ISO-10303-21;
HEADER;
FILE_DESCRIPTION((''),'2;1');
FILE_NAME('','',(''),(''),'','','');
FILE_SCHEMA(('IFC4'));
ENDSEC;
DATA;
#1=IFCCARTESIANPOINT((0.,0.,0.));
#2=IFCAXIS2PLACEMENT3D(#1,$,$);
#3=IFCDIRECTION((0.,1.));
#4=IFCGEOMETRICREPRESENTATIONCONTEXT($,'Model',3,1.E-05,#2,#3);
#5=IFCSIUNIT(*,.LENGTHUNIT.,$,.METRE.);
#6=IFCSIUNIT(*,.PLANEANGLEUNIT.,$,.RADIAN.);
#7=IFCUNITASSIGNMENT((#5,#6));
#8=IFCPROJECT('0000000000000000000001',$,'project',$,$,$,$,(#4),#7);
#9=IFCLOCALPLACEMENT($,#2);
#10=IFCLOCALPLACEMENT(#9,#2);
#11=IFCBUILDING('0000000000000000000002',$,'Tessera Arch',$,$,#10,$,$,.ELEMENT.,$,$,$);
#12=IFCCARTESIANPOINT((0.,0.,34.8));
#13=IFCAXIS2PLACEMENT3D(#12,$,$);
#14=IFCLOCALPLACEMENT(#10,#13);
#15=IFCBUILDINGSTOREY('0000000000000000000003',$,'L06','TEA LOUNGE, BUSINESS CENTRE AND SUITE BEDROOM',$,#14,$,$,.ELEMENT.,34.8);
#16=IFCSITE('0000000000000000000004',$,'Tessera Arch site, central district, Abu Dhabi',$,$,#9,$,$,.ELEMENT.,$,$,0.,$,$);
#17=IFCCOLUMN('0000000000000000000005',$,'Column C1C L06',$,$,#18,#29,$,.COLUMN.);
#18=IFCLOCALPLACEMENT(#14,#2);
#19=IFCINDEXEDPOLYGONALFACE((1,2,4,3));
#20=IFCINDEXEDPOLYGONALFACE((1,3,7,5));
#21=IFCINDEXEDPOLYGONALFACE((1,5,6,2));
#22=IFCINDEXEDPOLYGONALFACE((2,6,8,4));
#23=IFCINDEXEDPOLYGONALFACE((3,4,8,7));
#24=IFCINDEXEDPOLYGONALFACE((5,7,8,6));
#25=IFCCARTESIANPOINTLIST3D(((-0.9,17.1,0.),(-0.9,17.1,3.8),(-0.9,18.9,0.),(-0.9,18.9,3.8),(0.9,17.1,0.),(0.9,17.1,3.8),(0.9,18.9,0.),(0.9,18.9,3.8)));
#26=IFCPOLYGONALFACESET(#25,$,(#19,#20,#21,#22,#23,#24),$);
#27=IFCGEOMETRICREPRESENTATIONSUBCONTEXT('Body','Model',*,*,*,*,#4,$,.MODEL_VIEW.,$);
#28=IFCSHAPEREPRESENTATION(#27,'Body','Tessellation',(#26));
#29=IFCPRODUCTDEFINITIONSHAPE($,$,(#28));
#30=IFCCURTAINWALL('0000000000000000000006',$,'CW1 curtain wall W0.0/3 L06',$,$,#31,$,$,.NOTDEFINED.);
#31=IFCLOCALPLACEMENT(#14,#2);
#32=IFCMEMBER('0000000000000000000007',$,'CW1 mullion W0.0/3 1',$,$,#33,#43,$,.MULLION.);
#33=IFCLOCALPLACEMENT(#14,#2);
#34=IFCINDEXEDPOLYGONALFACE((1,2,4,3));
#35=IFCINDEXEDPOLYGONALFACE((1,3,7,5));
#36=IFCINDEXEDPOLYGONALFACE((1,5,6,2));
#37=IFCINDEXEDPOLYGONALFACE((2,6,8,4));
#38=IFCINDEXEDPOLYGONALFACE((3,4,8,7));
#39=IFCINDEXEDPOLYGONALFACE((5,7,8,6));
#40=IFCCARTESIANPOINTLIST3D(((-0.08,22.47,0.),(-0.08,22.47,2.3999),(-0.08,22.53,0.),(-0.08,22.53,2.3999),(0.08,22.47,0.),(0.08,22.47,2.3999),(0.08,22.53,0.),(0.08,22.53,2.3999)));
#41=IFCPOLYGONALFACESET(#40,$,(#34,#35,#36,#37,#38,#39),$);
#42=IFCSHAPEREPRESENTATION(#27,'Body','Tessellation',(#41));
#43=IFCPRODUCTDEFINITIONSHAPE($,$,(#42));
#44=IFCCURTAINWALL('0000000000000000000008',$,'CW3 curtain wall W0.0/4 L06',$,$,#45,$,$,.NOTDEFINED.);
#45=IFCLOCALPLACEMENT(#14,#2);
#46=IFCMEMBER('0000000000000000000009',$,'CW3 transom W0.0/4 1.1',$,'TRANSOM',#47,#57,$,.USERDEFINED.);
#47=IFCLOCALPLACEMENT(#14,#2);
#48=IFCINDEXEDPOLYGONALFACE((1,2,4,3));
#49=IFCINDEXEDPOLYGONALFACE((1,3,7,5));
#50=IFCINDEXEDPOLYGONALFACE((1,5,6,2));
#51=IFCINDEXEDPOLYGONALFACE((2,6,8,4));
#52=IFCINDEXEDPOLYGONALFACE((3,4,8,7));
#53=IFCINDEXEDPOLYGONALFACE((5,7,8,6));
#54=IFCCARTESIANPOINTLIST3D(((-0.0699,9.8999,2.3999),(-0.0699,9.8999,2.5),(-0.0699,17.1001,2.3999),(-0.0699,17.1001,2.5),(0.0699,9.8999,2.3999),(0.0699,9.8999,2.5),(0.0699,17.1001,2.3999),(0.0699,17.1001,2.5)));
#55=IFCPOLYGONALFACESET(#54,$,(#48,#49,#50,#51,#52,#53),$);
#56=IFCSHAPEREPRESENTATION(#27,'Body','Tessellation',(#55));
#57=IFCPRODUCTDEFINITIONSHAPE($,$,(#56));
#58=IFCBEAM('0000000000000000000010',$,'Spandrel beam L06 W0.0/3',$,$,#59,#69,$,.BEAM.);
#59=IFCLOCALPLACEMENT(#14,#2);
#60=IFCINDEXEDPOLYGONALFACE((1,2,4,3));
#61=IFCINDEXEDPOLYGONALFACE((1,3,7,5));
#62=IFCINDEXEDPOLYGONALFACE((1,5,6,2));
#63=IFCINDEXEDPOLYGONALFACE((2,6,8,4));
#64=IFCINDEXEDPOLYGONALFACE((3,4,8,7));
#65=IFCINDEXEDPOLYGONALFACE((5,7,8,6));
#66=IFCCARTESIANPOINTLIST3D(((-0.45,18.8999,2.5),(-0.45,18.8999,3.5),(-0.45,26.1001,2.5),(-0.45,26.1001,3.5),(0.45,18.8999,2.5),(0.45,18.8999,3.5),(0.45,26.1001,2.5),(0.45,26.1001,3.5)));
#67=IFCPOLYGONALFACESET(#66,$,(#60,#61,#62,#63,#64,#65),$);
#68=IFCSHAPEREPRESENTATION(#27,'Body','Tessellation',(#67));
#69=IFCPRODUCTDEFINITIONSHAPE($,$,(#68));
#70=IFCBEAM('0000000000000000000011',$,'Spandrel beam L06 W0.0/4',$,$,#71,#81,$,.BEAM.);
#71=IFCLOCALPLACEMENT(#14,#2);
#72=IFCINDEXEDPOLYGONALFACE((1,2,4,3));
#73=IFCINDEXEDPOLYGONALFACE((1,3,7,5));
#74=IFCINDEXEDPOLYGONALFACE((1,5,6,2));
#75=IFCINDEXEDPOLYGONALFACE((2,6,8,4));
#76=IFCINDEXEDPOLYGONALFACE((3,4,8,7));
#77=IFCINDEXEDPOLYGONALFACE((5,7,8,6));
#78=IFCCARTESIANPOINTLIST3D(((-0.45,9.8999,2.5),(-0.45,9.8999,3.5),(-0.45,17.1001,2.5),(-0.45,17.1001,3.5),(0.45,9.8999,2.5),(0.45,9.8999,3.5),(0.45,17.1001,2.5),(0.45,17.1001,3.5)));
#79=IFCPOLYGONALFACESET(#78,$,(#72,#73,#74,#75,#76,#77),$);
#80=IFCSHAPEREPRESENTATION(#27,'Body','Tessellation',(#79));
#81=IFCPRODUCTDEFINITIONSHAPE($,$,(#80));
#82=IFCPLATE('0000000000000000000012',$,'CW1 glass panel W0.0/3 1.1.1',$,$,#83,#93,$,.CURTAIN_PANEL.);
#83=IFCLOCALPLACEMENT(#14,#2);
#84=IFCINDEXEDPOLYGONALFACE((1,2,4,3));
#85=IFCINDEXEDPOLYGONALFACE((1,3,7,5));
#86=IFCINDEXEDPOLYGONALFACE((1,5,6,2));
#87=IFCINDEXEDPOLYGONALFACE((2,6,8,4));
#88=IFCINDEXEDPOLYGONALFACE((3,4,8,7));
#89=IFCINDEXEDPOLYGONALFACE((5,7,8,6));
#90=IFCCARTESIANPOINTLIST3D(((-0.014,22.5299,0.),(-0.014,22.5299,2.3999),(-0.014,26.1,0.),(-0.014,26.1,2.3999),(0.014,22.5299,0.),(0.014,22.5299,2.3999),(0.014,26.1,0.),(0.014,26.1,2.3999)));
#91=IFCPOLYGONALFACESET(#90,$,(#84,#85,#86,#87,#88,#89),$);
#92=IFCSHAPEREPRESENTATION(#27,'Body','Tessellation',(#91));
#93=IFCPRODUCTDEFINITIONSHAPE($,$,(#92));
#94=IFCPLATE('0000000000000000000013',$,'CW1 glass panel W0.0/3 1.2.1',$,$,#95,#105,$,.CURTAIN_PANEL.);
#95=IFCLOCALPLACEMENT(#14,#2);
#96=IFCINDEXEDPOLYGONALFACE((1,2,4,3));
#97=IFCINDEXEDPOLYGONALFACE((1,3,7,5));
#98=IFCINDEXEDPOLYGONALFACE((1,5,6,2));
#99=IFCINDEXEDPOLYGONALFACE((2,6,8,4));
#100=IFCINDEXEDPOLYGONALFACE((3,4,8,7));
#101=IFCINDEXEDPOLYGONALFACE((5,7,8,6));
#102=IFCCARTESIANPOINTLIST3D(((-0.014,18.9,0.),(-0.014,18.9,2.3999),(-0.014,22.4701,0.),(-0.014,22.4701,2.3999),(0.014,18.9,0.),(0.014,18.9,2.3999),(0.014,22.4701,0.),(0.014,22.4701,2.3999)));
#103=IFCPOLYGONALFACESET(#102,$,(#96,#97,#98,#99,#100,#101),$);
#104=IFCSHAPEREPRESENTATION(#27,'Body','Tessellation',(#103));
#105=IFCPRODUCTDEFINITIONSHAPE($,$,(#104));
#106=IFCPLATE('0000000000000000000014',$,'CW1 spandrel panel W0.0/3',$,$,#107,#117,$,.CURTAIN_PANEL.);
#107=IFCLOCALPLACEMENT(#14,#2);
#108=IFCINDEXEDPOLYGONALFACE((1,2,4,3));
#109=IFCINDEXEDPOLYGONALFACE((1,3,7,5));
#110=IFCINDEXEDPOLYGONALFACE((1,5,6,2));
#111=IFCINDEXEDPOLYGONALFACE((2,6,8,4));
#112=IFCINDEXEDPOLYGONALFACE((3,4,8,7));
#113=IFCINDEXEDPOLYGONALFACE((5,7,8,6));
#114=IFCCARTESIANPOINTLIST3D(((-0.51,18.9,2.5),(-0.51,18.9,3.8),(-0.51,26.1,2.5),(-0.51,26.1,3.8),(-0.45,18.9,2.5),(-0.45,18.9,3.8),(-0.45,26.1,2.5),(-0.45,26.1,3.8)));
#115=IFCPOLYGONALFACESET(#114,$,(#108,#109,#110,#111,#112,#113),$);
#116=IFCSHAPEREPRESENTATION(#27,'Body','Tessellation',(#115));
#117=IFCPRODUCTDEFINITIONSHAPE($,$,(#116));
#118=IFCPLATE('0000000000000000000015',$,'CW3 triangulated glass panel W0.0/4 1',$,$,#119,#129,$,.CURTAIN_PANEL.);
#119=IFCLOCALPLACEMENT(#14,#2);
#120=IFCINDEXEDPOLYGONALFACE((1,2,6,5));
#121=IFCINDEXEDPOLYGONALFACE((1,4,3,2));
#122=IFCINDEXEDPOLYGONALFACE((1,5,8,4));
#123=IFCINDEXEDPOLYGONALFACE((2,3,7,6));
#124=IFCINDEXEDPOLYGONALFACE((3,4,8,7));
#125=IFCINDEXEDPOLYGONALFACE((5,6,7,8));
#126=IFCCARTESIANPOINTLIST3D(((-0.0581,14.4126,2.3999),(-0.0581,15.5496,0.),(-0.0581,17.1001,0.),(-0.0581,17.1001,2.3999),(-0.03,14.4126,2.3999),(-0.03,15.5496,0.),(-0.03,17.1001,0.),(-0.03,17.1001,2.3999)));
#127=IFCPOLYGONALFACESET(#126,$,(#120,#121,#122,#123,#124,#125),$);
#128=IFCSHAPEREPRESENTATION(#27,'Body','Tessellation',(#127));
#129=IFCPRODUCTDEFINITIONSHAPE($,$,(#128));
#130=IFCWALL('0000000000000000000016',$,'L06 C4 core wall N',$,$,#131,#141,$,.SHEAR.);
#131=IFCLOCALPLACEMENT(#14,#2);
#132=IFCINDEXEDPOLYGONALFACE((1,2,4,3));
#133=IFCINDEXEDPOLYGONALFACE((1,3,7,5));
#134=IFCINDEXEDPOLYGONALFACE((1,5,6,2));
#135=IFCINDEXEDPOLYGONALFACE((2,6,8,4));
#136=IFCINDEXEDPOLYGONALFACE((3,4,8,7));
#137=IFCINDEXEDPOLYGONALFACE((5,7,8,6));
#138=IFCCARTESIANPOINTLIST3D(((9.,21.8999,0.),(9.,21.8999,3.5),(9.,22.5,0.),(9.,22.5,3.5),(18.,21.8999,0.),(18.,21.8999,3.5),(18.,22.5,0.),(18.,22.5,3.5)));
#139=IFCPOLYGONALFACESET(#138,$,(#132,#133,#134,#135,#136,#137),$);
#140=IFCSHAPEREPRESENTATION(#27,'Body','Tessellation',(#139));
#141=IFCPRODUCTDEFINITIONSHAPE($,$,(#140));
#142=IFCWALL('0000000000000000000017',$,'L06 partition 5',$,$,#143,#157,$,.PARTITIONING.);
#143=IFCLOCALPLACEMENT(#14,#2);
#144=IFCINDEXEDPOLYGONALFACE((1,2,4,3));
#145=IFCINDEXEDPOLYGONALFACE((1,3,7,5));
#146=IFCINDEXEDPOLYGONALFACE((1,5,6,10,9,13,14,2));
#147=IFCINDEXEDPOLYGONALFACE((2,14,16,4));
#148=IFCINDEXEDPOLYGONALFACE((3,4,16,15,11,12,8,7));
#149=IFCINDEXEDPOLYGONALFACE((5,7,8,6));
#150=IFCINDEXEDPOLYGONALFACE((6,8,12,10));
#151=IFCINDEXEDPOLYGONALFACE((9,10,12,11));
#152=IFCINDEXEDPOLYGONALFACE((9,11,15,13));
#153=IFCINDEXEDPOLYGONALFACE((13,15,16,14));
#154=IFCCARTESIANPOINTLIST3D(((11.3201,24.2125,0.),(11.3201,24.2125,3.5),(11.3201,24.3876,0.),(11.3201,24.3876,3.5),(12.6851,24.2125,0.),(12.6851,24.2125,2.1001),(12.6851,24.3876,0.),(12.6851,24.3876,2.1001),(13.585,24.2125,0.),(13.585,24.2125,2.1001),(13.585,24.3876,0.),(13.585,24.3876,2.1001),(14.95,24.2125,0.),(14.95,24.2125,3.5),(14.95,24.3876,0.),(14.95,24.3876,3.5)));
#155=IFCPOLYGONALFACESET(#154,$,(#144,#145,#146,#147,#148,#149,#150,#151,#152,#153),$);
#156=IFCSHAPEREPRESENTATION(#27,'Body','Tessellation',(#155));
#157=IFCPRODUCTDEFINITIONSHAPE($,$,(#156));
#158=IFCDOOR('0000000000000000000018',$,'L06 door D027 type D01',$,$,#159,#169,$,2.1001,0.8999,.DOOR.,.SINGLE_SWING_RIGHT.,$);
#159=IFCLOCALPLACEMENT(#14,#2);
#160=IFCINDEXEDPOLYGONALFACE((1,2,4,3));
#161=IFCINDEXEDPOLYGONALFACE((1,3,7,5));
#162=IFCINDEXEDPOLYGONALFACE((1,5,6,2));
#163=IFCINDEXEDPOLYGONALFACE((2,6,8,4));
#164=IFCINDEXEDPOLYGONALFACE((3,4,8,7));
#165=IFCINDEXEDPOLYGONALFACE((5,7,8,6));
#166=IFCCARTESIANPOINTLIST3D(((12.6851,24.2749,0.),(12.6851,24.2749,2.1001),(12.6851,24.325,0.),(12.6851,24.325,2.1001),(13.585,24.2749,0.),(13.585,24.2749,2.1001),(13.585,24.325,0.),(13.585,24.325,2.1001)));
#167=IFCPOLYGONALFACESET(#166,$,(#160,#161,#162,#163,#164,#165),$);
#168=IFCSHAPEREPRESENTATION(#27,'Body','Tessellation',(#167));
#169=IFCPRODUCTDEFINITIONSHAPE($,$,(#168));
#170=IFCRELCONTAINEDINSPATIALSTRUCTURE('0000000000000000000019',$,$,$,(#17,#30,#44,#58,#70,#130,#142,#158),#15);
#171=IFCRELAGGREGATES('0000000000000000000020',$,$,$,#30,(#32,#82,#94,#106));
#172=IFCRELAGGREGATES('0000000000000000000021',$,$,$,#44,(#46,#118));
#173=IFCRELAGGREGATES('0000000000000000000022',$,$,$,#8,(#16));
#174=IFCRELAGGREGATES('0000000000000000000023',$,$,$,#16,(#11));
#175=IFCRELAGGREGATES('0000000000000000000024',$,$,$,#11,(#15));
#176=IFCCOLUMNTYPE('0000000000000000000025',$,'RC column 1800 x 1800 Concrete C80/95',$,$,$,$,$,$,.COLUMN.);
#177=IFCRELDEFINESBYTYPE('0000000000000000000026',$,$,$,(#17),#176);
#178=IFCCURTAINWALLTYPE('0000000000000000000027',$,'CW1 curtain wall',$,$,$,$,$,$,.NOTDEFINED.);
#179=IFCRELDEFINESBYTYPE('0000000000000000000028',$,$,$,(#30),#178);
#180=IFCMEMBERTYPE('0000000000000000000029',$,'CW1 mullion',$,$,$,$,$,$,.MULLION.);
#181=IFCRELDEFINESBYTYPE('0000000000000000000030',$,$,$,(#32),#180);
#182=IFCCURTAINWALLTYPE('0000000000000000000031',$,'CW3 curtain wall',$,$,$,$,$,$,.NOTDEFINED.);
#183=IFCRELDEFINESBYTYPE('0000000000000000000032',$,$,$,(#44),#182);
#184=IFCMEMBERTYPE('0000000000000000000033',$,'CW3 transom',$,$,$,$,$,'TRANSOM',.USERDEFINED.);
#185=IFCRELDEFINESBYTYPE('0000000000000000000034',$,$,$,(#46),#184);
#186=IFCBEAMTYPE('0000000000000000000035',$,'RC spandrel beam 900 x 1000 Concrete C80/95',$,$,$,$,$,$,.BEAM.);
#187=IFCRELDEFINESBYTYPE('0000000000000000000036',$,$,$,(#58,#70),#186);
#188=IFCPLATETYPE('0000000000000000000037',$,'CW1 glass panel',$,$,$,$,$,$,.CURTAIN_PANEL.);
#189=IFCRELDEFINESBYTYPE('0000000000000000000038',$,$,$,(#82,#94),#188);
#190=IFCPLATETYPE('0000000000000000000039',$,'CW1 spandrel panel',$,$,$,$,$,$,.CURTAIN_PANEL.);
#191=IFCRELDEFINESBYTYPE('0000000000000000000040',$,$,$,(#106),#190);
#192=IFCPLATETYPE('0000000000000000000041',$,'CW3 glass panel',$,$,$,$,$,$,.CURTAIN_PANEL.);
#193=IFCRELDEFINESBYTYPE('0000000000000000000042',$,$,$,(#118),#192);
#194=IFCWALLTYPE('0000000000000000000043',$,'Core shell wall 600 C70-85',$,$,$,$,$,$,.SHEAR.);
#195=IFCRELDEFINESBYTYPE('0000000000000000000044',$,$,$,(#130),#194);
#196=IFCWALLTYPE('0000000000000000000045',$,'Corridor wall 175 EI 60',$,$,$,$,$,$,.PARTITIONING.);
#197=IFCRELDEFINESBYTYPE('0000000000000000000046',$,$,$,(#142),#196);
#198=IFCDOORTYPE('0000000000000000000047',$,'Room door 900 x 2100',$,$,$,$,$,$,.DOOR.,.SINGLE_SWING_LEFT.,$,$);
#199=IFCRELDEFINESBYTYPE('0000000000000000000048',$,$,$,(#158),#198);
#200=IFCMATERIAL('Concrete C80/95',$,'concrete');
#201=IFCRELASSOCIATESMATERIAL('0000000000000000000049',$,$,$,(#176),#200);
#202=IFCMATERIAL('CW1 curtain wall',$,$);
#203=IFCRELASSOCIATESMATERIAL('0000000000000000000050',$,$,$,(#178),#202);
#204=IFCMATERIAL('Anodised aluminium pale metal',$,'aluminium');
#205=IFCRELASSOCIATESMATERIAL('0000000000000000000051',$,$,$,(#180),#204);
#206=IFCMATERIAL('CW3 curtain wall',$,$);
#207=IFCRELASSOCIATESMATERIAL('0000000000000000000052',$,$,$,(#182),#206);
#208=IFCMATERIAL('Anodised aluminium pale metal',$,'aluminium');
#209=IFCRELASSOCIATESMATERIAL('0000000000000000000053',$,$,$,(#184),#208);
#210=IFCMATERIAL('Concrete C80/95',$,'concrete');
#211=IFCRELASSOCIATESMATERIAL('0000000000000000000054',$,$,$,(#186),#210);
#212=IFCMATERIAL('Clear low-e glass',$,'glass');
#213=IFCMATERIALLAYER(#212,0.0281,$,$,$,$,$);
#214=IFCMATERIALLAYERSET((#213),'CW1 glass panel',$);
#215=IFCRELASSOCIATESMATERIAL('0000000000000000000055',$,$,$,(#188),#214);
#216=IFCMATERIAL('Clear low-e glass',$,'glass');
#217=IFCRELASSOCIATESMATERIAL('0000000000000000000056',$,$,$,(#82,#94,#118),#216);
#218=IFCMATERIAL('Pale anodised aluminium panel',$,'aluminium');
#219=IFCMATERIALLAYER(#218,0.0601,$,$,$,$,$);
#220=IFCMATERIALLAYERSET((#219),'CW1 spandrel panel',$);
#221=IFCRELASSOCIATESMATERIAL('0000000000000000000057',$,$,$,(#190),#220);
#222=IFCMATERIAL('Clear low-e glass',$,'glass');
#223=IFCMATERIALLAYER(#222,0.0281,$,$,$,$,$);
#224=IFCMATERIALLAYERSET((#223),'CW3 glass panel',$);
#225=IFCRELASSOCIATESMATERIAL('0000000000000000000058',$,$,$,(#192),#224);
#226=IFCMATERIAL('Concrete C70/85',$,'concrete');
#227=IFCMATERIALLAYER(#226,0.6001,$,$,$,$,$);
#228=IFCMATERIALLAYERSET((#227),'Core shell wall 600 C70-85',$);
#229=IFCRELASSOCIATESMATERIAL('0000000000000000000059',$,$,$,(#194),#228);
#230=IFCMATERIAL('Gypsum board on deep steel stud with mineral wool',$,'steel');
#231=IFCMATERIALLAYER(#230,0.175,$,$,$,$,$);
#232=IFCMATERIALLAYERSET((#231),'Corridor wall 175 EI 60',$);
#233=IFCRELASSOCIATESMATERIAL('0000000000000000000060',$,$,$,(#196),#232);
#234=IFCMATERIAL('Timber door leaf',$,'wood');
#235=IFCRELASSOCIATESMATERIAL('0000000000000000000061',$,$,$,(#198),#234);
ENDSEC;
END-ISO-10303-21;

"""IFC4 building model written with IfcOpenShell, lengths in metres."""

from ifc_helpers import new_model, si_unit, direction, frame, frame_2d, origin, origin_2d, place, context, subcontext, project, spatial, polyline, rectangle, outline, extrude, material, layer, layer_set, material_profile, profile_set, type_object, element, fill, aggregate, save


model = new_model("IFC4")

# Units and contexts
model_context = context("Model", 3, precision=1e-05, world=origin(), true_north=direction((0.0, 1.0)))
body_context = subcontext(model_context, "Body", "Model", "MODEL_VIEW")
ifc_project = project(units=[si_unit("LENGTHUNIT", "METRE"), si_unit("PLANEANGLEUNIT", "RADIAN")], contexts=[model_context])

# Site, building, storey
site_placement = place(None, origin())
site = spatial("IfcSite", under=ifc_project, at=site_placement, Name="Tessera Arch site, central district, Abu Dhabi", CompositionType="ELEMENT", RefElevation=0.0)
building_placement = place(site_placement, origin())
building = spatial("IfcBuilding", under=site, at=building_placement, Name="Tessera Arch", CompositionType="ELEMENT")
storey_placement = place(building_placement, frame((0.0, 0.0, 34.8)))
storey = spatial("IfcBuildingStorey", under=building, at=storey_placement, Name="L06", Description="TEA LOUNGE, BUSINESS CENTRE AND SUITE BEDROOM", CompositionType="ELEMENT", Elevation=34.8)

# Column
ifc_material_1 = material(Name="Concrete C80/95", Category="concrete")
ifc_material_profile_1 = material_profile(ifc_material_1, rectangle(XDim=1.8, YDim=1.8, at=origin_2d()), Name="RC column 1800 x 1800 Concrete C80/95")
ifc_profile_set_1 = profile_set([ifc_material_profile_1], Name="Concrete C80/95")
column_type = type_object("IfcColumnType", Name="RC column 1800 x 1800 Concrete C80/95", PredefinedType="COLUMN", material=ifc_profile_set_1)
column_placement = place(storey_placement, frame((0.0, 18.0, 0.0), z_axis=(0.0, 0.0, 1.0), x_axis=(1.0, 0.0, 0.0)))
element("IfcColumn", 1, at=column_placement, inside=storey, type_object=column_type, Name="Column C1C L06", PredefinedType="COLUMN", context=body_context, shape_type="SweptSolid", body=[
    extrude(rectangle(XDim=1.8, YDim=1.8, at=origin_2d()), origin(), (0.0, 0.0, 1.0), 3.8),
])

# Curtain walls, members
ifc_material_2 = material(Name="CW1 curtain wall")
curtain_wall_type_1 = type_object("IfcCurtainWallType", Name="CW1 curtain wall", PredefinedType="NOTDEFINED", material=ifc_material_2)
curtain_wall_1_placement = place(storey_placement, origin())
curtain_wall_1 = element("IfcCurtainWall", 2, at=curtain_wall_1_placement, inside=storey, type_object=curtain_wall_type_1, Name="CW1 curtain wall W0.0/3 L06", PredefinedType="NOTDEFINED")
ifc_material_3 = material(Name="Anodised aluminium pale metal", Category="aluminium")
ifc_material_profile_2 = material_profile(ifc_material_3, rectangle(XDim=0.1599, YDim=0.0601, at=origin_2d()), Name="AL 60x160")
ifc_profile_set_2 = profile_set([ifc_material_profile_2], Name="Anodised aluminium pale metal")
member_type_1 = type_object("IfcMemberType", Name="CW1 mullion", PredefinedType="MULLION", material=ifc_profile_set_2)
member_1_placement = place(storey_placement, frame((0.0, 22.5, 0.0), z_axis=(0.0, 0.0, 1.0), x_axis=(1.0, 0.0, 0.0)))
member_1 = element("IfcMember", 3, at=member_1_placement, type_object=member_type_1, Name="CW1 mullion W0.0/3 1", PredefinedType="MULLION", context=body_context, shape_type="SweptSolid", body=[
    extrude(rectangle(XDim=0.1599, YDim=0.0601, at=origin_2d()), origin(), (0.0, 0.0, 1.0), 2.3999),
])
ifc_material_4 = material(Name="CW3 curtain wall")
curtain_wall_type_2 = type_object("IfcCurtainWallType", Name="CW3 curtain wall", PredefinedType="NOTDEFINED", material=ifc_material_4)
curtain_wall_2_placement = place(storey_placement, origin())
curtain_wall_2 = element("IfcCurtainWall", 4, at=curtain_wall_2_placement, inside=storey, type_object=curtain_wall_type_2, Name="CW3 curtain wall W0.0/4 L06", PredefinedType="NOTDEFINED")
ifc_material_5 = material(Name="Anodised aluminium pale metal", Category="aluminium")
ifc_material_profile_3 = material_profile(ifc_material_5, rectangle(XDim=0.1399, YDim=0.1001, at=origin_2d()), Name="AL 140x100")
ifc_profile_set_3 = profile_set([ifc_material_profile_3], Name="Anodised aluminium pale metal")
member_type_2 = type_object("IfcMemberType", Name="CW3 transom", ElementType="TRANSOM", PredefinedType="USERDEFINED", material=ifc_profile_set_3)
member_2_placement = place(storey_placement, frame((0.0, 17.1001, 2.45), z_axis=(0.0, -1.0, 0.0), x_axis=(1.0, 0.0, 0.0)))
member_2 = element("IfcMember", 5, at=member_2_placement, type_object=member_type_2, Name="CW3 transom W0.0/4 1.1", ObjectType="TRANSOM", PredefinedType="USERDEFINED", context=body_context, shape_type="SweptSolid", body=[
    extrude(rectangle(XDim=0.1399, YDim=0.1001, at=origin_2d()), origin(), (0.0, 0.0, 1.0), 7.2002),
])

# Beams
ifc_material_6 = material(Name="Concrete C80/95", Category="concrete")
ifc_material_profile_4 = material_profile(ifc_material_6, rectangle(XDim=0.8999, YDim=1.0, at=origin_2d()), Name="RC spandrel beam 900 x 1000 Concrete C80/95")
ifc_profile_set_4 = profile_set([ifc_material_profile_4], Name="Concrete C80/95")
beam_type = type_object("IfcBeamType", Name="RC spandrel beam 900 x 1000 Concrete C80/95", PredefinedType="BEAM", material=ifc_profile_set_4)
for number, where, z_axis, x_axis, name in (
    (6, (0.0, 26.1001, 3.0), (0.0, -1.0, 0.0), (1.0, 0.0, 0.0), "Spandrel beam L06 W0.0/3"),
    (7, (0.0, 17.1001, 3.0), (0.0, -1.0, 0.0), (1.0, 0.0, 0.0), "Spandrel beam L06 W0.0/4"),
):
    element("IfcBeam", number, at=place(storey_placement, frame(where, z_axis=z_axis, x_axis=x_axis)), inside=storey, type_object=beam_type, Name=name, PredefinedType="BEAM", context=body_context, shape_type="SweptSolid", body=[
        extrude(rectangle(XDim=0.8999, YDim=1.0, at=origin_2d()), origin(), (0.0, 0.0, 1.0), 7.2002),
    ])

# Plates
ifc_material_7 = material(Name="Clear low-e glass", Category="glass")
ifc_material_8 = material(Name="Clear low-e glass", Category="glass")
ifc_layer_1 = layer(ifc_material_8, 0.0281)
ifc_layer_set_1 = layer_set([ifc_layer_1], Name="CW1 glass panel")
plate_type_1 = type_object("IfcPlateType", Name="CW1 glass panel", PredefinedType="CURTAIN_PANEL", material=ifc_layer_set_1)
plate_1_placement = place(storey_placement, frame((0.0, 24.3149, 0.0), z_axis=(0.0, 0.0, 1.0), x_axis=(0.0, -1.0, 0.0)))
plate_1 = element("IfcPlate", 8, at=plate_1_placement, type_object=plate_type_1, material=ifc_material_7, Name="CW1 glass panel W0.0/3 1.1.1", PredefinedType="CURTAIN_PANEL", context=body_context, shape_type="SweptSolid", body=[
    extrude(rectangle(XDim=3.5701, YDim=0.0281, at=origin_2d()), origin(), (0.0, 0.0, 1.0), 2.3999),
])
plate_2_placement = place(storey_placement, frame((0.0, 20.6851, 0.0), z_axis=(0.0, 0.0, 1.0), x_axis=(0.0, -1.0, 0.0)))
plate_2 = element("IfcPlate", 9, at=plate_2_placement, type_object=plate_type_1, material=ifc_material_7, Name="CW1 glass panel W0.0/3 1.2.1", PredefinedType="CURTAIN_PANEL", context=body_context, shape_type="SweptSolid", body=[
    extrude(rectangle(XDim=3.5701, YDim=0.0281, at=origin_2d()), origin(), (0.0, 0.0, 1.0), 2.3999),
])
ifc_material_9 = material(Name="Pale anodised aluminium panel", Category="aluminium")
ifc_layer_2 = layer(ifc_material_9, 0.0601)
ifc_layer_set_2 = layer_set([ifc_layer_2], Name="CW1 spandrel panel")
plate_type_2 = type_object("IfcPlateType", Name="CW1 spandrel panel", PredefinedType="CURTAIN_PANEL", material=ifc_layer_set_2)
plate_3_placement = place(storey_placement, frame((-0.48, 22.5, 2.5), z_axis=(0.0, 0.0, 1.0), x_axis=(0.0, -1.0, 0.0)))
plate_3 = element("IfcPlate", 10, at=plate_3_placement, type_object=plate_type_2, Name="CW1 spandrel panel W0.0/3", PredefinedType="CURTAIN_PANEL", context=body_context, shape_type="SweptSolid", body=[
    extrude(rectangle(XDim=7.2, YDim=0.0601, at=origin_2d()), origin(), (0.0, 0.0, 1.0), 1.3),
])
aggregate(curtain_wall_1, [member_1, plate_1, plate_2, plate_3])
ifc_material_10 = material(Name="Clear low-e glass", Category="glass")
ifc_layer_3 = layer(ifc_material_10, 0.0281)
ifc_layer_set_3 = layer_set([ifc_layer_3], Name="CW3 glass panel")
plate_type_3 = type_object("IfcPlateType", Name="CW3 glass panel", PredefinedType="CURTAIN_PANEL", material=ifc_layer_set_3)
plate_4_placement = place(storey_placement, frame((-0.0581, 17.1001, 0.0), z_axis=(-1.0, 0.0, 0.0), x_axis=(0.0, -1.0, 0.0)))
plate_4 = element("IfcPlate", 11, at=plate_4_placement, type_object=plate_type_3, material=ifc_material_7, Name="CW3 triangulated glass panel W0.0/4 1", PredefinedType="CURTAIN_PANEL", context=body_context, shape_type="SweptSolid", body=[
    extrude(outline(polyline([(0.0, 0.0), (1.5505, 0.0), (2.6875, 2.3999), (0.0, 2.3999), (0.0, 0.0)])), origin(), (0.0, 0.0, -1.0), 0.0281),
])
aggregate(curtain_wall_2, [member_2, plate_4])

# Wall
ifc_material_11 = material(Name="Concrete C70/85", Category="concrete")
ifc_layer_4 = layer(ifc_material_11, 0.6001)
ifc_layer_set_4 = layer_set([ifc_layer_4], Name="Core shell wall 600 C70-85")
wall_type_1 = type_object("IfcWallType", Name="Core shell wall 600 C70-85", PredefinedType="SHEAR", material=ifc_layer_set_4)
wall_1_placement = place(storey_placement, frame((9.0, 22.2, 0.0), z_axis=(0.0, 0.0, 1.0), x_axis=(1.0, 0.0, 0.0)))
element("IfcWall", 12, at=wall_1_placement, inside=storey, type_object=wall_type_1, Name="L06 C4 core wall N", PredefinedType="SHEAR", context=body_context, shape_type="SweptSolid", body=[
    extrude(rectangle(XDim=9.0, YDim=0.6001, at=frame_2d((4.5, 0.0))), origin(), (0.0, 0.0, 1.0), 3.5),
])

# Wall, opening, door
ifc_material_12 = material(Name="Gypsum board on deep steel stud with mineral wool", Category="steel")
ifc_layer_5 = layer(ifc_material_12, 0.175)
ifc_layer_set_5 = layer_set([ifc_layer_5], Name="Corridor wall 175 EI 60")
wall_type_2 = type_object("IfcWallType", Name="Corridor wall 175 EI 60", PredefinedType="PARTITIONING", material=ifc_layer_set_5)
wall_2_placement = place(storey_placement, frame((11.3201, 24.3, 0.0), z_axis=(0.0, 0.0, 1.0), x_axis=(1.0, 0.0, 0.0)))
wall_2 = element("IfcWall", 13, at=wall_2_placement, inside=storey, type_object=wall_type_2, Name="L06 partition 5", PredefinedType="PARTITIONING", context=body_context, shape_type="SweptSolid", body=[
    extrude(rectangle(XDim=3.6299, YDim=0.175, at=frame_2d((1.8149, 0.0))), origin(), (0.0, 0.0, 1.0), 3.5),
])
opening_1_placement = place(wall_2_placement, frame((1.365, 0.0, 0.0)))
opening_1 = element("IfcOpeningElement", 14, at=opening_1_placement, cuts=wall_2, PredefinedType="OPENING", context=body_context, shape_type="SweptSolid", body=[
    extrude(rectangle(XDim=0.8999, YDim=2.1001, at=frame_2d((0.45, 1.05))), frame((0.0, 0.0974, 0.0), z_axis=(0.0, -1.0, 0.0), x_axis=(1.0, 0.0, 0.0)), (0.0, 0.0, 1.0), 0.1951),
])
ifc_material_13 = material(Name="Timber door leaf", Category="wood")
door_type_1 = type_object("IfcDoorType", Name="Room door 900 x 2100", OperationType="SINGLE_SWING_LEFT", PredefinedType="DOOR", material=ifc_material_13)
door_1_placement = place(opening_1_placement, origin())
door_1 = element("IfcDoor", 15, at=door_1_placement, inside=storey, type_object=door_type_1, Name="L06 door D027 type D01", OperationType="SINGLE_SWING_RIGHT", OverallHeight=2.1001, OverallWidth=0.8999, PredefinedType="DOOR", context=body_context, shape_type="SweptSolid", body=[
    extrude(rectangle(XDim=0.8999, YDim=2.1001, at=frame_2d((0.45, 1.05))), frame((0.0, 0.0249, 0.0), z_axis=(0.0, -1.0, 0.0), x_axis=(1.0, 0.0, 0.0)), (0.0, 0.0, 1.0), 0.05),
])
fill(opening_1, door_1)

save(model, "model.ifc")
